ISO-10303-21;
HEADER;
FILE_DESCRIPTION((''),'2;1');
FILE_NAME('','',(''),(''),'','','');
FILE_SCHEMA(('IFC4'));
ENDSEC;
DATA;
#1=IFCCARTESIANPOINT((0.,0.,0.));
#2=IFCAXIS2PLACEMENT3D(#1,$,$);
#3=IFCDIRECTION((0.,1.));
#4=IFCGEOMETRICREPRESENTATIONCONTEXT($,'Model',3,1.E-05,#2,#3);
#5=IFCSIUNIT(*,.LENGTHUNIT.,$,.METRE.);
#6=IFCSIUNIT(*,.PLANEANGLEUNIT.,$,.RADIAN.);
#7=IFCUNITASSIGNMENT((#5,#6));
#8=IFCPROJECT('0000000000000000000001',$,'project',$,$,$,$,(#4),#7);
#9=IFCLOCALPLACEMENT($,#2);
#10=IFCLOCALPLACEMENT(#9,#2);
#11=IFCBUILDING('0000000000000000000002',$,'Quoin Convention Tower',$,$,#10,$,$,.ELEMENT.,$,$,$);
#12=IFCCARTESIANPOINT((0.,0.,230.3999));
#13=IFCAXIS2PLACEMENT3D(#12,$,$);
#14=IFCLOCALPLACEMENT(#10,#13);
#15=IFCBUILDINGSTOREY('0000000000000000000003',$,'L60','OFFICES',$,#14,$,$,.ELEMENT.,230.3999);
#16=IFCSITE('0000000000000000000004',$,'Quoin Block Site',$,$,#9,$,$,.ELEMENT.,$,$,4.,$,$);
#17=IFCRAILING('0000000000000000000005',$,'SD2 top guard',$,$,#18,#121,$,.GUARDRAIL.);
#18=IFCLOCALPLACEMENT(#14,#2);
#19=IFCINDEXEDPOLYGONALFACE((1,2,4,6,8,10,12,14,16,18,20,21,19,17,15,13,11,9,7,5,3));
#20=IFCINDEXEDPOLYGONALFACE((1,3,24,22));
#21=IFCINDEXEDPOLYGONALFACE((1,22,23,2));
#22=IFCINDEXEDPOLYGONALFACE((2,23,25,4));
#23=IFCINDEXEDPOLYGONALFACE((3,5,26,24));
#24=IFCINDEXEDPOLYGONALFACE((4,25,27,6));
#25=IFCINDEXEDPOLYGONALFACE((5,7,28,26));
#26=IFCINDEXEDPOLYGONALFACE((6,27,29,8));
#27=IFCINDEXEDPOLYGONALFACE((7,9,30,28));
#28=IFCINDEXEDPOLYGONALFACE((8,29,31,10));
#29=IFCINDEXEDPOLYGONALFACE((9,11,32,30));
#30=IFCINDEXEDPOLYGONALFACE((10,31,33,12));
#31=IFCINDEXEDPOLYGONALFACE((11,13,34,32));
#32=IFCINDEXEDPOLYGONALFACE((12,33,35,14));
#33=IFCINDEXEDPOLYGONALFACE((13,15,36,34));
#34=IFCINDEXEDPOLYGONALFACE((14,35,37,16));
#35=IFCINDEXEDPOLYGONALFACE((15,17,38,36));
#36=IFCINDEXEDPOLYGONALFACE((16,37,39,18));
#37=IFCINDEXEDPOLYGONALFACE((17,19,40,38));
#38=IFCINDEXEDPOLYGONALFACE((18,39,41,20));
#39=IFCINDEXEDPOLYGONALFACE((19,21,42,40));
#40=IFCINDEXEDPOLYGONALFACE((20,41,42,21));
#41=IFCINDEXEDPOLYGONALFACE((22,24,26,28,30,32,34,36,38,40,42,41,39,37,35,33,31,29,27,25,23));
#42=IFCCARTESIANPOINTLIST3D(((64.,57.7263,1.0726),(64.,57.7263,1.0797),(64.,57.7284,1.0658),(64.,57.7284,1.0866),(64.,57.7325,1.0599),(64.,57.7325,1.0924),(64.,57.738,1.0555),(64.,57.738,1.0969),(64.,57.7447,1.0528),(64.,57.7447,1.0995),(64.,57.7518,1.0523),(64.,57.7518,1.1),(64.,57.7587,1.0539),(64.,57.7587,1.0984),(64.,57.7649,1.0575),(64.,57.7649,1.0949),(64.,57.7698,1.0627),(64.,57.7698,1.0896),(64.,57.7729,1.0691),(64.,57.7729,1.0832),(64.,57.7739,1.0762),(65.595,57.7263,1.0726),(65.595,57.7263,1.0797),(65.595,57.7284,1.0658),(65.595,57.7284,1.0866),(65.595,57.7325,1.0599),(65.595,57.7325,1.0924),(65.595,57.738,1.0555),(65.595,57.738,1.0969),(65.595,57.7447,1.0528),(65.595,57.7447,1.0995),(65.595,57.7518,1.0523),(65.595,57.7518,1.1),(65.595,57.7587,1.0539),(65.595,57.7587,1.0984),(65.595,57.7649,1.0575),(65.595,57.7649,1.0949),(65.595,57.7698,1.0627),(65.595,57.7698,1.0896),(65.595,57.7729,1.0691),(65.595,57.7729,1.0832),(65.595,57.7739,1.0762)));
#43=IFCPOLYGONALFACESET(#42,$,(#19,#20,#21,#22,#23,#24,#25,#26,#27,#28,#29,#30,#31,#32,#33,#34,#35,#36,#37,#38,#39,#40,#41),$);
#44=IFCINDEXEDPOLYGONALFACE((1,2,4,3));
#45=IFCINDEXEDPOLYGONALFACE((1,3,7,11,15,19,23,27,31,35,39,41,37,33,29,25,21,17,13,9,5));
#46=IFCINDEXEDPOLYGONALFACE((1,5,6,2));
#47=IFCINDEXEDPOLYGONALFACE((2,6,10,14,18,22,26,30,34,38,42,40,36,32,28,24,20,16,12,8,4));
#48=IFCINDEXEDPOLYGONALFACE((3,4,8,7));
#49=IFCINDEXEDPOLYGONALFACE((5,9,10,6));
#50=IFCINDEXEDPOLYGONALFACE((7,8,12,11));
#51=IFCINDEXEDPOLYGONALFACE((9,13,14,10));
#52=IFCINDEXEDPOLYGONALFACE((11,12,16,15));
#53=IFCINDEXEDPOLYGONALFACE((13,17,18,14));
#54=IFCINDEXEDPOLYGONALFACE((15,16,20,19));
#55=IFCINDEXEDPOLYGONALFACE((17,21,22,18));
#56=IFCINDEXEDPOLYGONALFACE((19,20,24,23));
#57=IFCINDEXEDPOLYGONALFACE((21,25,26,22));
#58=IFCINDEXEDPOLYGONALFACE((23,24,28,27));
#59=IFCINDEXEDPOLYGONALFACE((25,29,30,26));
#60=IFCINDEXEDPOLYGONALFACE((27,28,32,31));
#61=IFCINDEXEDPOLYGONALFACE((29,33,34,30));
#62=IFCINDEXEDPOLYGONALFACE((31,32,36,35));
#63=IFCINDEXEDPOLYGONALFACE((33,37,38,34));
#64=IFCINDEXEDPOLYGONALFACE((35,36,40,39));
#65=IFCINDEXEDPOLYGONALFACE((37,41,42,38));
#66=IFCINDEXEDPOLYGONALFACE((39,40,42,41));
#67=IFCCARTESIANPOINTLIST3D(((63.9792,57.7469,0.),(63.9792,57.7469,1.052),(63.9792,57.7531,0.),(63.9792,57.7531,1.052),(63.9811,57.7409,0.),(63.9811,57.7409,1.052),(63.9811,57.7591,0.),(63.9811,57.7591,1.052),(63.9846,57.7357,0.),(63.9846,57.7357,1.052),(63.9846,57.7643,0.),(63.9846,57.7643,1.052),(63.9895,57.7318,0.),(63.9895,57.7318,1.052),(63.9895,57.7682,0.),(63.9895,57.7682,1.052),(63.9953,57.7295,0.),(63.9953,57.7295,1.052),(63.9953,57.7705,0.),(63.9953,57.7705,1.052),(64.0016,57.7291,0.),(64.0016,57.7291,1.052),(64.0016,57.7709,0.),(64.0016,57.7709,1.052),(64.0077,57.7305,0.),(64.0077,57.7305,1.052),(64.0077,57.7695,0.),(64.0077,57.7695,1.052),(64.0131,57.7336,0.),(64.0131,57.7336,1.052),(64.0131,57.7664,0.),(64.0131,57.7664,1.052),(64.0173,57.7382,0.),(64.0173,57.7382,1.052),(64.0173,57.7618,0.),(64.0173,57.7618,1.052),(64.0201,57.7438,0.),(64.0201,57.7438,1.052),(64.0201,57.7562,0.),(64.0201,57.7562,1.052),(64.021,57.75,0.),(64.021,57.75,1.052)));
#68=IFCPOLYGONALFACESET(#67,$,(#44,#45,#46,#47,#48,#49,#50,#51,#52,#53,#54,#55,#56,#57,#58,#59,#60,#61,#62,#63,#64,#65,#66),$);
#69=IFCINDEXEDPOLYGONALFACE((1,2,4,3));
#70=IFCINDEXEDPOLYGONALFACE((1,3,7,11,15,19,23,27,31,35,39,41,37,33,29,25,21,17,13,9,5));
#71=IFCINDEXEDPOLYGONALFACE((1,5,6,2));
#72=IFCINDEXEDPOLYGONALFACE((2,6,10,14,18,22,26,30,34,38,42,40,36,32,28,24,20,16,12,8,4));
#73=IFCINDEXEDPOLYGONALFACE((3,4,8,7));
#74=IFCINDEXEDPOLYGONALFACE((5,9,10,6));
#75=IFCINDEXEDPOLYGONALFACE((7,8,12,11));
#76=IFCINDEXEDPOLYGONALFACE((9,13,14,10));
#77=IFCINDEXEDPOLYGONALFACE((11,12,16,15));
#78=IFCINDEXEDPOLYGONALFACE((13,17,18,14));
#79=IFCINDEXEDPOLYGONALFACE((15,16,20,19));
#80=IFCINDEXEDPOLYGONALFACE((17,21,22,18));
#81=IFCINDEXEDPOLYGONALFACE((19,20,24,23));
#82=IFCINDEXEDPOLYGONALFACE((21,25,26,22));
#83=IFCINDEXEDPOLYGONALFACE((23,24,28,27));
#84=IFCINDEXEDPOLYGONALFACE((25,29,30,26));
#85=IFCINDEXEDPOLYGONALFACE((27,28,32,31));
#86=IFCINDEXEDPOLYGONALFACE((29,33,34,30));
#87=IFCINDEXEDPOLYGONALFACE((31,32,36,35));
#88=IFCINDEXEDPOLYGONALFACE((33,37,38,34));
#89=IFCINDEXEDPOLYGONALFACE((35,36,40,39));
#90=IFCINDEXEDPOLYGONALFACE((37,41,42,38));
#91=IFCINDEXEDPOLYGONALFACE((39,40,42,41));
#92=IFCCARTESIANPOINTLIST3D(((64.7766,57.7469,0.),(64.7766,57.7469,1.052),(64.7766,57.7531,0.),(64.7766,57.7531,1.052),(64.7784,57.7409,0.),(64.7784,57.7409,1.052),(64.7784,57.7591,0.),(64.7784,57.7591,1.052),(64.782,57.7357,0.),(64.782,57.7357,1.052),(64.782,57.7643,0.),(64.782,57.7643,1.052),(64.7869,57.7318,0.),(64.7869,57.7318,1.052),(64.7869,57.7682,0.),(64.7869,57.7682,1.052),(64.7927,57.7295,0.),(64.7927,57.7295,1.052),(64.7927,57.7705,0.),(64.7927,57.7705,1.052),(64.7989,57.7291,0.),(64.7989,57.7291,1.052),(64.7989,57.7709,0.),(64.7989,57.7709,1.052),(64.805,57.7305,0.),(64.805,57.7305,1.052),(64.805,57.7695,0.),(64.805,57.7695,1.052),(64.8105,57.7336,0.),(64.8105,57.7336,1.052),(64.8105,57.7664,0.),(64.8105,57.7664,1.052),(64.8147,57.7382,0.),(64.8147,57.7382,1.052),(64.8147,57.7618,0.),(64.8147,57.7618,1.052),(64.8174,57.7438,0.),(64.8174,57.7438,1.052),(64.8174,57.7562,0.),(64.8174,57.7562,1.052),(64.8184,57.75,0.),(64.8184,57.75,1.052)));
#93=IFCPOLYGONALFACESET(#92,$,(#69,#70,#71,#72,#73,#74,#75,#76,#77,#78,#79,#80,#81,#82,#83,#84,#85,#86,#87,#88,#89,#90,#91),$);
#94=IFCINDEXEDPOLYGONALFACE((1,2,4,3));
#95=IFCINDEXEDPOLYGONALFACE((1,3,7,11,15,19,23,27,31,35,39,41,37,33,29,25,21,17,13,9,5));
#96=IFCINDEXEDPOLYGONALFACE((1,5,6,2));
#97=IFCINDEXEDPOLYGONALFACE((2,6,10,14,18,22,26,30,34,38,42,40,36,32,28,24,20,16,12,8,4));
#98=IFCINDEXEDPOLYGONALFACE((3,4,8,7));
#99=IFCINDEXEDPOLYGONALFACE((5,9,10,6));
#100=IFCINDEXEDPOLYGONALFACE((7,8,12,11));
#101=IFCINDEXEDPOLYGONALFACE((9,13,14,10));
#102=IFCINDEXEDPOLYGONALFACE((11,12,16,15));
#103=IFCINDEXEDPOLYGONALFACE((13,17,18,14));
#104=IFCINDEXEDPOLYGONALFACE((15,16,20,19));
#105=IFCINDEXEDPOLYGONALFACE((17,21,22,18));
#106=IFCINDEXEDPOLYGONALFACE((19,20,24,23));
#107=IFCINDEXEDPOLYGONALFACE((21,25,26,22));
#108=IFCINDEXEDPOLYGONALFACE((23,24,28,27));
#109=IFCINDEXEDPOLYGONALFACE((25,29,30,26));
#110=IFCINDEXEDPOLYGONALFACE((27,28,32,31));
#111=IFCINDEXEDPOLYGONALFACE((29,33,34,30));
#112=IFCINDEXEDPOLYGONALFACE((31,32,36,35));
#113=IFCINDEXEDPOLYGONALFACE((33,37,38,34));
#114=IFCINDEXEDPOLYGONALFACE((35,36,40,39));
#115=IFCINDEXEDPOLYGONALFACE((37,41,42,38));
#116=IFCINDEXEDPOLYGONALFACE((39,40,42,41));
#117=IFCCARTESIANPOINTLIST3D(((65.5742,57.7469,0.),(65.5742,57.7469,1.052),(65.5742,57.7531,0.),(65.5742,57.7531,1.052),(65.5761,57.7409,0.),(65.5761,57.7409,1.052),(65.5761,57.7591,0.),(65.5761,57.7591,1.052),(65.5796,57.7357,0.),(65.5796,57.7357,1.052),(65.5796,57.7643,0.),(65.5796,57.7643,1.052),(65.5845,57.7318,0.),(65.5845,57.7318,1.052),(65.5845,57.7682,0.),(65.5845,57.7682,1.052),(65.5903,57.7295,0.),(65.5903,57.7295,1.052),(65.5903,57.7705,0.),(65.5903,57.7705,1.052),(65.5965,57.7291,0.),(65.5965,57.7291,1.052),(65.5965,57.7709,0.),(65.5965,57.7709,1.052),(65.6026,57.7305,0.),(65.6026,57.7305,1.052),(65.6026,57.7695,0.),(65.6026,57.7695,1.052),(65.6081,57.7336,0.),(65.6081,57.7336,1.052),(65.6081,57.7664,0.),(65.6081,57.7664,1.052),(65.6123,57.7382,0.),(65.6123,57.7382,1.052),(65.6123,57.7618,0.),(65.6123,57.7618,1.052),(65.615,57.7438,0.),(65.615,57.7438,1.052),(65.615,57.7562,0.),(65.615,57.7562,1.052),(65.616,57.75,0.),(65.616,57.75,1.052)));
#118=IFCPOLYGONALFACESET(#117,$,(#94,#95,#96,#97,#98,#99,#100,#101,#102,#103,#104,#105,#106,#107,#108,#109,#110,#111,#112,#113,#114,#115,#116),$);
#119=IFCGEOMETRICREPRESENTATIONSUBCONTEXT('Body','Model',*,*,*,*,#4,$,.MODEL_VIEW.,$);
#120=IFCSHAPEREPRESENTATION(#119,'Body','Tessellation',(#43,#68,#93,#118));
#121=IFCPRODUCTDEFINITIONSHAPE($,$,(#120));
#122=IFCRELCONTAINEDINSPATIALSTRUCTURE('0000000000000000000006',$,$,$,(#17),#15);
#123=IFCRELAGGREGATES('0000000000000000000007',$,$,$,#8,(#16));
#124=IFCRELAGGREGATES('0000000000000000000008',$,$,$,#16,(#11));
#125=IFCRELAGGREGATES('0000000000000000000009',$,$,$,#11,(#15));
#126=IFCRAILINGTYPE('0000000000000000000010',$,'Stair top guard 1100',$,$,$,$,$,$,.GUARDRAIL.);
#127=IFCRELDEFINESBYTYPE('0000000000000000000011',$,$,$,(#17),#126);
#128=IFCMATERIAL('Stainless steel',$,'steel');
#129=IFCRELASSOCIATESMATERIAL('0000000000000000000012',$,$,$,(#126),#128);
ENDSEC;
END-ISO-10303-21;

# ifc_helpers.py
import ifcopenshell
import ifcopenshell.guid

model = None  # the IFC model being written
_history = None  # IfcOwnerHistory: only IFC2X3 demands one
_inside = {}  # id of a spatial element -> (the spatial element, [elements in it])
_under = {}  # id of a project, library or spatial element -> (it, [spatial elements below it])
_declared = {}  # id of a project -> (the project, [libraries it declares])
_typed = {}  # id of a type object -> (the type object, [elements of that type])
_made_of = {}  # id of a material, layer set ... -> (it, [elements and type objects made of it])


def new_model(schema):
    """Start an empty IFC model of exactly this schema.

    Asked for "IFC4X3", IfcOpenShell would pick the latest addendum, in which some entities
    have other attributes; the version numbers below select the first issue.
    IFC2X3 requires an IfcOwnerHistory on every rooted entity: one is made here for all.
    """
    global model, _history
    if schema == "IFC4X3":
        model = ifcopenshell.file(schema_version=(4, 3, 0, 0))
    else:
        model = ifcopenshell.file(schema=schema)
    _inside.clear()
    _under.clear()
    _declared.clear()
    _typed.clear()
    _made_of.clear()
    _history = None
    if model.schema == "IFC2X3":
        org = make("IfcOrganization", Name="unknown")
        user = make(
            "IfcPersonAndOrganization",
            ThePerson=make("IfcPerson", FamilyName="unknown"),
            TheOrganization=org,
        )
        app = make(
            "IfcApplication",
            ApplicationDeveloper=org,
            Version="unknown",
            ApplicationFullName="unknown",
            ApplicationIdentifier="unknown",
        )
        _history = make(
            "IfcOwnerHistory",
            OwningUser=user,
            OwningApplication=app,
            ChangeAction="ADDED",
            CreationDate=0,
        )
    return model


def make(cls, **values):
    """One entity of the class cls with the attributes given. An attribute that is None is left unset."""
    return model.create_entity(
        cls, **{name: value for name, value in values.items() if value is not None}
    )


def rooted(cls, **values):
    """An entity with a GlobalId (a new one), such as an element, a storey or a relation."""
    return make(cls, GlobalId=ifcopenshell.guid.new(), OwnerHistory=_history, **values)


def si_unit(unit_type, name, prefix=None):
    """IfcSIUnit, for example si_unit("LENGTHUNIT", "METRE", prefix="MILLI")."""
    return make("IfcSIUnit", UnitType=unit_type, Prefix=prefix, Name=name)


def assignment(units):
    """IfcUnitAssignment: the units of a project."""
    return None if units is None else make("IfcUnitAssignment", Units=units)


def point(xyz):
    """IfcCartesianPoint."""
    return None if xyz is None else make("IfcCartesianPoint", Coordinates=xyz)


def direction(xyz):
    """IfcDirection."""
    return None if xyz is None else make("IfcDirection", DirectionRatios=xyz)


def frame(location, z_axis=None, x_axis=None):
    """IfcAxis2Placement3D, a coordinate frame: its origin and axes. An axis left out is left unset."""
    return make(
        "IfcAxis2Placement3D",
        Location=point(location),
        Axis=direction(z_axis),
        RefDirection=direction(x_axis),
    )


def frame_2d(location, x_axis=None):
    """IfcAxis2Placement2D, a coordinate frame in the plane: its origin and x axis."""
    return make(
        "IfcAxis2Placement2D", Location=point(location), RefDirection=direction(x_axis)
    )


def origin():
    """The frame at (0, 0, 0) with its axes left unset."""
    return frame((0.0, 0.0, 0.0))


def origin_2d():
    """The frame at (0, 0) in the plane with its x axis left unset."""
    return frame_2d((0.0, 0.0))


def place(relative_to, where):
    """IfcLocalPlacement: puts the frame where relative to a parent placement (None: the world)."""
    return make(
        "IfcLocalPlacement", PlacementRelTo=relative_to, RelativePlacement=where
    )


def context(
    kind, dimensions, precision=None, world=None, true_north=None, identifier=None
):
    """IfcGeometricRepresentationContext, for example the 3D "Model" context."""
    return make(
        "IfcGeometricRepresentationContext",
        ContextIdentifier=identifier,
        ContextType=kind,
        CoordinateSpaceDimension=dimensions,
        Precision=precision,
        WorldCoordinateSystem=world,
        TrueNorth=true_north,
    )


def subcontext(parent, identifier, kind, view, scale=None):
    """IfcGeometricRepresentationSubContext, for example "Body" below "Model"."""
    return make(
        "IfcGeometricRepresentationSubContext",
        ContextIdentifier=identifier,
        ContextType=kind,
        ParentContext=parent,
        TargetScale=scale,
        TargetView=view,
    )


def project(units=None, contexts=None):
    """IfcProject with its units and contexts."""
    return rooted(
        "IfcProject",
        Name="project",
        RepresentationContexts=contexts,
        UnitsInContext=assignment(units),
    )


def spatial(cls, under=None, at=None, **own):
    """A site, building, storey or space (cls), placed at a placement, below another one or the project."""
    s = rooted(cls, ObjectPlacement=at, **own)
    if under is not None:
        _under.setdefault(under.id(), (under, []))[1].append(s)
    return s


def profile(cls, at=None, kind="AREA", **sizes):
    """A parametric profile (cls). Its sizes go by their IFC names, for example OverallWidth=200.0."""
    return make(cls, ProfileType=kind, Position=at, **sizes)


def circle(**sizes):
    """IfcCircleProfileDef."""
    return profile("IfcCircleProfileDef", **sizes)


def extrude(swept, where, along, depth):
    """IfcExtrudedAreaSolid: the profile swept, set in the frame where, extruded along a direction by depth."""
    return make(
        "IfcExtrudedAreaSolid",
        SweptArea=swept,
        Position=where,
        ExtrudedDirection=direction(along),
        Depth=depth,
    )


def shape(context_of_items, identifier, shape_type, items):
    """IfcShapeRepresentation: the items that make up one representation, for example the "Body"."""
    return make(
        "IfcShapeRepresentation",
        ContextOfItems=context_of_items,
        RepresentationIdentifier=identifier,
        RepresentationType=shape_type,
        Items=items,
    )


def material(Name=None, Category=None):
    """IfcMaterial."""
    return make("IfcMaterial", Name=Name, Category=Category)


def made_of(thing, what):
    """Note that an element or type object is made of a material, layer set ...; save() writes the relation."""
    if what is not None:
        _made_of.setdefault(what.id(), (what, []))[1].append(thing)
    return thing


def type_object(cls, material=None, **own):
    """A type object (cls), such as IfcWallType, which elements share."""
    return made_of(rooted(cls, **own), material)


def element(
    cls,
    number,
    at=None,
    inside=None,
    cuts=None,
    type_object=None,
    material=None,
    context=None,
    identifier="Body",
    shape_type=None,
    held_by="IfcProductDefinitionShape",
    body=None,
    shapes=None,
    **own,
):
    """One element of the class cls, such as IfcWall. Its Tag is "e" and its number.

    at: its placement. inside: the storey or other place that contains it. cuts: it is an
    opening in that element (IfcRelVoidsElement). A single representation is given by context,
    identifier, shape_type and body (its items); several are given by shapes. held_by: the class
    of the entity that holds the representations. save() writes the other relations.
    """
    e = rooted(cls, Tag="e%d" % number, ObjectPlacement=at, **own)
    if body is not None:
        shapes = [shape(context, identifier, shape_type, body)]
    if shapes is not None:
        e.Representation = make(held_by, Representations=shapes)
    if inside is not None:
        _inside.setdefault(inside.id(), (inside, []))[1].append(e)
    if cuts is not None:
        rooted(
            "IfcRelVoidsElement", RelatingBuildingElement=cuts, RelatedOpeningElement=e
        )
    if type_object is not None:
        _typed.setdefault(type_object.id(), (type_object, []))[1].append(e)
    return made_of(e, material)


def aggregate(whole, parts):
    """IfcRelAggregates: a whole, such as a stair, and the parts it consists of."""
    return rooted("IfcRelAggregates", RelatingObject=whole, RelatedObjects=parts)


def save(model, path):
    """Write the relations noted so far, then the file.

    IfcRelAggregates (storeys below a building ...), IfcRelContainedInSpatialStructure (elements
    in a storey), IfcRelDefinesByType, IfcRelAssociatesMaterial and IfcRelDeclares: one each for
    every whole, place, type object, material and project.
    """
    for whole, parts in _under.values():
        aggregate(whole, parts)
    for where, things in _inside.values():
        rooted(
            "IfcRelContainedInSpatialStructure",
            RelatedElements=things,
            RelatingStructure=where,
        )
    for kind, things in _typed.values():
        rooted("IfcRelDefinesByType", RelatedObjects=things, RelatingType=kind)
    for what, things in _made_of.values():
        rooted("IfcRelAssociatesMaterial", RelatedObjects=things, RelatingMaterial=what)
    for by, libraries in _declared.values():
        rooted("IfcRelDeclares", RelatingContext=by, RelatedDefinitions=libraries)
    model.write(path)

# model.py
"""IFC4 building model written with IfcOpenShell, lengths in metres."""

from ifc_helpers import new_model, si_unit, direction, frame, origin, origin_2d, place, context, subcontext, project, spatial, circle, extrude, material, type_object, element, save


model = new_model("IFC4")

# Units and contexts
model_context = context("Model", 3, precision=1e-05, world=origin(), true_north=direction((0.0, 1.0)))
body_context = subcontext(model_context, "Body", "Model", "MODEL_VIEW")
ifc_project = project(units=[si_unit("LENGTHUNIT", "METRE"), si_unit("PLANEANGLEUNIT", "RADIAN")], contexts=[model_context])

# Site, building, storey
site_placement = place(None, origin())
site = spatial("IfcSite", under=ifc_project, at=site_placement, Name="Quoin Block Site", CompositionType="ELEMENT", RefElevation=4.0)
building_placement = place(site_placement, origin())
building = spatial("IfcBuilding", under=site, at=building_placement, Name="Quoin Convention Tower", CompositionType="ELEMENT")
storey_placement = place(building_placement, frame((0.0, 0.0, 230.3999)))
storey = spatial("IfcBuildingStorey", under=building, at=storey_placement, Name="L60", Description="OFFICES", CompositionType="ELEMENT", Elevation=230.3999)

# Railing
ifc_material_1 = material(Name="Stainless steel", Category="steel")
railing_type = type_object("IfcRailingType", Name="Stair top guard 1100", PredefinedType="GUARDRAIL", material=ifc_material_1)
railing_placement = place(storey_placement, frame((64.0, 57.75, 0.0)))
element("IfcRailing", 1, at=railing_placement, inside=storey, type_object=railing_type, Name="SD2 top guard", PredefinedType="GUARDRAIL", context=body_context, shape_type="SweptSolid", body=[
    extrude(circle(Radius=0.0239, at=origin_2d()), frame((0.0, 0.0, 1.0762), z_axis=(1.0, 0.0, 0.0), x_axis=(0.0, 1.0, 0.0)), (0.0, 0.0, 1.0), 1.595),
    extrude(circle(Radius=0.021, at=origin_2d()), origin(), (0.0, 0.0, 1.0), 1.052),
    extrude(circle(Radius=0.021, at=origin_2d()), frame((0.7974, 0.0, 0.0)), (0.0, 0.0, 1.0), 1.052),
    extrude(circle(Radius=0.021, at=origin_2d()), frame((1.595, 0.0, 0.0)), (0.0, 0.0, 1.0), 1.052),
])

save(model, "model.ifc")
